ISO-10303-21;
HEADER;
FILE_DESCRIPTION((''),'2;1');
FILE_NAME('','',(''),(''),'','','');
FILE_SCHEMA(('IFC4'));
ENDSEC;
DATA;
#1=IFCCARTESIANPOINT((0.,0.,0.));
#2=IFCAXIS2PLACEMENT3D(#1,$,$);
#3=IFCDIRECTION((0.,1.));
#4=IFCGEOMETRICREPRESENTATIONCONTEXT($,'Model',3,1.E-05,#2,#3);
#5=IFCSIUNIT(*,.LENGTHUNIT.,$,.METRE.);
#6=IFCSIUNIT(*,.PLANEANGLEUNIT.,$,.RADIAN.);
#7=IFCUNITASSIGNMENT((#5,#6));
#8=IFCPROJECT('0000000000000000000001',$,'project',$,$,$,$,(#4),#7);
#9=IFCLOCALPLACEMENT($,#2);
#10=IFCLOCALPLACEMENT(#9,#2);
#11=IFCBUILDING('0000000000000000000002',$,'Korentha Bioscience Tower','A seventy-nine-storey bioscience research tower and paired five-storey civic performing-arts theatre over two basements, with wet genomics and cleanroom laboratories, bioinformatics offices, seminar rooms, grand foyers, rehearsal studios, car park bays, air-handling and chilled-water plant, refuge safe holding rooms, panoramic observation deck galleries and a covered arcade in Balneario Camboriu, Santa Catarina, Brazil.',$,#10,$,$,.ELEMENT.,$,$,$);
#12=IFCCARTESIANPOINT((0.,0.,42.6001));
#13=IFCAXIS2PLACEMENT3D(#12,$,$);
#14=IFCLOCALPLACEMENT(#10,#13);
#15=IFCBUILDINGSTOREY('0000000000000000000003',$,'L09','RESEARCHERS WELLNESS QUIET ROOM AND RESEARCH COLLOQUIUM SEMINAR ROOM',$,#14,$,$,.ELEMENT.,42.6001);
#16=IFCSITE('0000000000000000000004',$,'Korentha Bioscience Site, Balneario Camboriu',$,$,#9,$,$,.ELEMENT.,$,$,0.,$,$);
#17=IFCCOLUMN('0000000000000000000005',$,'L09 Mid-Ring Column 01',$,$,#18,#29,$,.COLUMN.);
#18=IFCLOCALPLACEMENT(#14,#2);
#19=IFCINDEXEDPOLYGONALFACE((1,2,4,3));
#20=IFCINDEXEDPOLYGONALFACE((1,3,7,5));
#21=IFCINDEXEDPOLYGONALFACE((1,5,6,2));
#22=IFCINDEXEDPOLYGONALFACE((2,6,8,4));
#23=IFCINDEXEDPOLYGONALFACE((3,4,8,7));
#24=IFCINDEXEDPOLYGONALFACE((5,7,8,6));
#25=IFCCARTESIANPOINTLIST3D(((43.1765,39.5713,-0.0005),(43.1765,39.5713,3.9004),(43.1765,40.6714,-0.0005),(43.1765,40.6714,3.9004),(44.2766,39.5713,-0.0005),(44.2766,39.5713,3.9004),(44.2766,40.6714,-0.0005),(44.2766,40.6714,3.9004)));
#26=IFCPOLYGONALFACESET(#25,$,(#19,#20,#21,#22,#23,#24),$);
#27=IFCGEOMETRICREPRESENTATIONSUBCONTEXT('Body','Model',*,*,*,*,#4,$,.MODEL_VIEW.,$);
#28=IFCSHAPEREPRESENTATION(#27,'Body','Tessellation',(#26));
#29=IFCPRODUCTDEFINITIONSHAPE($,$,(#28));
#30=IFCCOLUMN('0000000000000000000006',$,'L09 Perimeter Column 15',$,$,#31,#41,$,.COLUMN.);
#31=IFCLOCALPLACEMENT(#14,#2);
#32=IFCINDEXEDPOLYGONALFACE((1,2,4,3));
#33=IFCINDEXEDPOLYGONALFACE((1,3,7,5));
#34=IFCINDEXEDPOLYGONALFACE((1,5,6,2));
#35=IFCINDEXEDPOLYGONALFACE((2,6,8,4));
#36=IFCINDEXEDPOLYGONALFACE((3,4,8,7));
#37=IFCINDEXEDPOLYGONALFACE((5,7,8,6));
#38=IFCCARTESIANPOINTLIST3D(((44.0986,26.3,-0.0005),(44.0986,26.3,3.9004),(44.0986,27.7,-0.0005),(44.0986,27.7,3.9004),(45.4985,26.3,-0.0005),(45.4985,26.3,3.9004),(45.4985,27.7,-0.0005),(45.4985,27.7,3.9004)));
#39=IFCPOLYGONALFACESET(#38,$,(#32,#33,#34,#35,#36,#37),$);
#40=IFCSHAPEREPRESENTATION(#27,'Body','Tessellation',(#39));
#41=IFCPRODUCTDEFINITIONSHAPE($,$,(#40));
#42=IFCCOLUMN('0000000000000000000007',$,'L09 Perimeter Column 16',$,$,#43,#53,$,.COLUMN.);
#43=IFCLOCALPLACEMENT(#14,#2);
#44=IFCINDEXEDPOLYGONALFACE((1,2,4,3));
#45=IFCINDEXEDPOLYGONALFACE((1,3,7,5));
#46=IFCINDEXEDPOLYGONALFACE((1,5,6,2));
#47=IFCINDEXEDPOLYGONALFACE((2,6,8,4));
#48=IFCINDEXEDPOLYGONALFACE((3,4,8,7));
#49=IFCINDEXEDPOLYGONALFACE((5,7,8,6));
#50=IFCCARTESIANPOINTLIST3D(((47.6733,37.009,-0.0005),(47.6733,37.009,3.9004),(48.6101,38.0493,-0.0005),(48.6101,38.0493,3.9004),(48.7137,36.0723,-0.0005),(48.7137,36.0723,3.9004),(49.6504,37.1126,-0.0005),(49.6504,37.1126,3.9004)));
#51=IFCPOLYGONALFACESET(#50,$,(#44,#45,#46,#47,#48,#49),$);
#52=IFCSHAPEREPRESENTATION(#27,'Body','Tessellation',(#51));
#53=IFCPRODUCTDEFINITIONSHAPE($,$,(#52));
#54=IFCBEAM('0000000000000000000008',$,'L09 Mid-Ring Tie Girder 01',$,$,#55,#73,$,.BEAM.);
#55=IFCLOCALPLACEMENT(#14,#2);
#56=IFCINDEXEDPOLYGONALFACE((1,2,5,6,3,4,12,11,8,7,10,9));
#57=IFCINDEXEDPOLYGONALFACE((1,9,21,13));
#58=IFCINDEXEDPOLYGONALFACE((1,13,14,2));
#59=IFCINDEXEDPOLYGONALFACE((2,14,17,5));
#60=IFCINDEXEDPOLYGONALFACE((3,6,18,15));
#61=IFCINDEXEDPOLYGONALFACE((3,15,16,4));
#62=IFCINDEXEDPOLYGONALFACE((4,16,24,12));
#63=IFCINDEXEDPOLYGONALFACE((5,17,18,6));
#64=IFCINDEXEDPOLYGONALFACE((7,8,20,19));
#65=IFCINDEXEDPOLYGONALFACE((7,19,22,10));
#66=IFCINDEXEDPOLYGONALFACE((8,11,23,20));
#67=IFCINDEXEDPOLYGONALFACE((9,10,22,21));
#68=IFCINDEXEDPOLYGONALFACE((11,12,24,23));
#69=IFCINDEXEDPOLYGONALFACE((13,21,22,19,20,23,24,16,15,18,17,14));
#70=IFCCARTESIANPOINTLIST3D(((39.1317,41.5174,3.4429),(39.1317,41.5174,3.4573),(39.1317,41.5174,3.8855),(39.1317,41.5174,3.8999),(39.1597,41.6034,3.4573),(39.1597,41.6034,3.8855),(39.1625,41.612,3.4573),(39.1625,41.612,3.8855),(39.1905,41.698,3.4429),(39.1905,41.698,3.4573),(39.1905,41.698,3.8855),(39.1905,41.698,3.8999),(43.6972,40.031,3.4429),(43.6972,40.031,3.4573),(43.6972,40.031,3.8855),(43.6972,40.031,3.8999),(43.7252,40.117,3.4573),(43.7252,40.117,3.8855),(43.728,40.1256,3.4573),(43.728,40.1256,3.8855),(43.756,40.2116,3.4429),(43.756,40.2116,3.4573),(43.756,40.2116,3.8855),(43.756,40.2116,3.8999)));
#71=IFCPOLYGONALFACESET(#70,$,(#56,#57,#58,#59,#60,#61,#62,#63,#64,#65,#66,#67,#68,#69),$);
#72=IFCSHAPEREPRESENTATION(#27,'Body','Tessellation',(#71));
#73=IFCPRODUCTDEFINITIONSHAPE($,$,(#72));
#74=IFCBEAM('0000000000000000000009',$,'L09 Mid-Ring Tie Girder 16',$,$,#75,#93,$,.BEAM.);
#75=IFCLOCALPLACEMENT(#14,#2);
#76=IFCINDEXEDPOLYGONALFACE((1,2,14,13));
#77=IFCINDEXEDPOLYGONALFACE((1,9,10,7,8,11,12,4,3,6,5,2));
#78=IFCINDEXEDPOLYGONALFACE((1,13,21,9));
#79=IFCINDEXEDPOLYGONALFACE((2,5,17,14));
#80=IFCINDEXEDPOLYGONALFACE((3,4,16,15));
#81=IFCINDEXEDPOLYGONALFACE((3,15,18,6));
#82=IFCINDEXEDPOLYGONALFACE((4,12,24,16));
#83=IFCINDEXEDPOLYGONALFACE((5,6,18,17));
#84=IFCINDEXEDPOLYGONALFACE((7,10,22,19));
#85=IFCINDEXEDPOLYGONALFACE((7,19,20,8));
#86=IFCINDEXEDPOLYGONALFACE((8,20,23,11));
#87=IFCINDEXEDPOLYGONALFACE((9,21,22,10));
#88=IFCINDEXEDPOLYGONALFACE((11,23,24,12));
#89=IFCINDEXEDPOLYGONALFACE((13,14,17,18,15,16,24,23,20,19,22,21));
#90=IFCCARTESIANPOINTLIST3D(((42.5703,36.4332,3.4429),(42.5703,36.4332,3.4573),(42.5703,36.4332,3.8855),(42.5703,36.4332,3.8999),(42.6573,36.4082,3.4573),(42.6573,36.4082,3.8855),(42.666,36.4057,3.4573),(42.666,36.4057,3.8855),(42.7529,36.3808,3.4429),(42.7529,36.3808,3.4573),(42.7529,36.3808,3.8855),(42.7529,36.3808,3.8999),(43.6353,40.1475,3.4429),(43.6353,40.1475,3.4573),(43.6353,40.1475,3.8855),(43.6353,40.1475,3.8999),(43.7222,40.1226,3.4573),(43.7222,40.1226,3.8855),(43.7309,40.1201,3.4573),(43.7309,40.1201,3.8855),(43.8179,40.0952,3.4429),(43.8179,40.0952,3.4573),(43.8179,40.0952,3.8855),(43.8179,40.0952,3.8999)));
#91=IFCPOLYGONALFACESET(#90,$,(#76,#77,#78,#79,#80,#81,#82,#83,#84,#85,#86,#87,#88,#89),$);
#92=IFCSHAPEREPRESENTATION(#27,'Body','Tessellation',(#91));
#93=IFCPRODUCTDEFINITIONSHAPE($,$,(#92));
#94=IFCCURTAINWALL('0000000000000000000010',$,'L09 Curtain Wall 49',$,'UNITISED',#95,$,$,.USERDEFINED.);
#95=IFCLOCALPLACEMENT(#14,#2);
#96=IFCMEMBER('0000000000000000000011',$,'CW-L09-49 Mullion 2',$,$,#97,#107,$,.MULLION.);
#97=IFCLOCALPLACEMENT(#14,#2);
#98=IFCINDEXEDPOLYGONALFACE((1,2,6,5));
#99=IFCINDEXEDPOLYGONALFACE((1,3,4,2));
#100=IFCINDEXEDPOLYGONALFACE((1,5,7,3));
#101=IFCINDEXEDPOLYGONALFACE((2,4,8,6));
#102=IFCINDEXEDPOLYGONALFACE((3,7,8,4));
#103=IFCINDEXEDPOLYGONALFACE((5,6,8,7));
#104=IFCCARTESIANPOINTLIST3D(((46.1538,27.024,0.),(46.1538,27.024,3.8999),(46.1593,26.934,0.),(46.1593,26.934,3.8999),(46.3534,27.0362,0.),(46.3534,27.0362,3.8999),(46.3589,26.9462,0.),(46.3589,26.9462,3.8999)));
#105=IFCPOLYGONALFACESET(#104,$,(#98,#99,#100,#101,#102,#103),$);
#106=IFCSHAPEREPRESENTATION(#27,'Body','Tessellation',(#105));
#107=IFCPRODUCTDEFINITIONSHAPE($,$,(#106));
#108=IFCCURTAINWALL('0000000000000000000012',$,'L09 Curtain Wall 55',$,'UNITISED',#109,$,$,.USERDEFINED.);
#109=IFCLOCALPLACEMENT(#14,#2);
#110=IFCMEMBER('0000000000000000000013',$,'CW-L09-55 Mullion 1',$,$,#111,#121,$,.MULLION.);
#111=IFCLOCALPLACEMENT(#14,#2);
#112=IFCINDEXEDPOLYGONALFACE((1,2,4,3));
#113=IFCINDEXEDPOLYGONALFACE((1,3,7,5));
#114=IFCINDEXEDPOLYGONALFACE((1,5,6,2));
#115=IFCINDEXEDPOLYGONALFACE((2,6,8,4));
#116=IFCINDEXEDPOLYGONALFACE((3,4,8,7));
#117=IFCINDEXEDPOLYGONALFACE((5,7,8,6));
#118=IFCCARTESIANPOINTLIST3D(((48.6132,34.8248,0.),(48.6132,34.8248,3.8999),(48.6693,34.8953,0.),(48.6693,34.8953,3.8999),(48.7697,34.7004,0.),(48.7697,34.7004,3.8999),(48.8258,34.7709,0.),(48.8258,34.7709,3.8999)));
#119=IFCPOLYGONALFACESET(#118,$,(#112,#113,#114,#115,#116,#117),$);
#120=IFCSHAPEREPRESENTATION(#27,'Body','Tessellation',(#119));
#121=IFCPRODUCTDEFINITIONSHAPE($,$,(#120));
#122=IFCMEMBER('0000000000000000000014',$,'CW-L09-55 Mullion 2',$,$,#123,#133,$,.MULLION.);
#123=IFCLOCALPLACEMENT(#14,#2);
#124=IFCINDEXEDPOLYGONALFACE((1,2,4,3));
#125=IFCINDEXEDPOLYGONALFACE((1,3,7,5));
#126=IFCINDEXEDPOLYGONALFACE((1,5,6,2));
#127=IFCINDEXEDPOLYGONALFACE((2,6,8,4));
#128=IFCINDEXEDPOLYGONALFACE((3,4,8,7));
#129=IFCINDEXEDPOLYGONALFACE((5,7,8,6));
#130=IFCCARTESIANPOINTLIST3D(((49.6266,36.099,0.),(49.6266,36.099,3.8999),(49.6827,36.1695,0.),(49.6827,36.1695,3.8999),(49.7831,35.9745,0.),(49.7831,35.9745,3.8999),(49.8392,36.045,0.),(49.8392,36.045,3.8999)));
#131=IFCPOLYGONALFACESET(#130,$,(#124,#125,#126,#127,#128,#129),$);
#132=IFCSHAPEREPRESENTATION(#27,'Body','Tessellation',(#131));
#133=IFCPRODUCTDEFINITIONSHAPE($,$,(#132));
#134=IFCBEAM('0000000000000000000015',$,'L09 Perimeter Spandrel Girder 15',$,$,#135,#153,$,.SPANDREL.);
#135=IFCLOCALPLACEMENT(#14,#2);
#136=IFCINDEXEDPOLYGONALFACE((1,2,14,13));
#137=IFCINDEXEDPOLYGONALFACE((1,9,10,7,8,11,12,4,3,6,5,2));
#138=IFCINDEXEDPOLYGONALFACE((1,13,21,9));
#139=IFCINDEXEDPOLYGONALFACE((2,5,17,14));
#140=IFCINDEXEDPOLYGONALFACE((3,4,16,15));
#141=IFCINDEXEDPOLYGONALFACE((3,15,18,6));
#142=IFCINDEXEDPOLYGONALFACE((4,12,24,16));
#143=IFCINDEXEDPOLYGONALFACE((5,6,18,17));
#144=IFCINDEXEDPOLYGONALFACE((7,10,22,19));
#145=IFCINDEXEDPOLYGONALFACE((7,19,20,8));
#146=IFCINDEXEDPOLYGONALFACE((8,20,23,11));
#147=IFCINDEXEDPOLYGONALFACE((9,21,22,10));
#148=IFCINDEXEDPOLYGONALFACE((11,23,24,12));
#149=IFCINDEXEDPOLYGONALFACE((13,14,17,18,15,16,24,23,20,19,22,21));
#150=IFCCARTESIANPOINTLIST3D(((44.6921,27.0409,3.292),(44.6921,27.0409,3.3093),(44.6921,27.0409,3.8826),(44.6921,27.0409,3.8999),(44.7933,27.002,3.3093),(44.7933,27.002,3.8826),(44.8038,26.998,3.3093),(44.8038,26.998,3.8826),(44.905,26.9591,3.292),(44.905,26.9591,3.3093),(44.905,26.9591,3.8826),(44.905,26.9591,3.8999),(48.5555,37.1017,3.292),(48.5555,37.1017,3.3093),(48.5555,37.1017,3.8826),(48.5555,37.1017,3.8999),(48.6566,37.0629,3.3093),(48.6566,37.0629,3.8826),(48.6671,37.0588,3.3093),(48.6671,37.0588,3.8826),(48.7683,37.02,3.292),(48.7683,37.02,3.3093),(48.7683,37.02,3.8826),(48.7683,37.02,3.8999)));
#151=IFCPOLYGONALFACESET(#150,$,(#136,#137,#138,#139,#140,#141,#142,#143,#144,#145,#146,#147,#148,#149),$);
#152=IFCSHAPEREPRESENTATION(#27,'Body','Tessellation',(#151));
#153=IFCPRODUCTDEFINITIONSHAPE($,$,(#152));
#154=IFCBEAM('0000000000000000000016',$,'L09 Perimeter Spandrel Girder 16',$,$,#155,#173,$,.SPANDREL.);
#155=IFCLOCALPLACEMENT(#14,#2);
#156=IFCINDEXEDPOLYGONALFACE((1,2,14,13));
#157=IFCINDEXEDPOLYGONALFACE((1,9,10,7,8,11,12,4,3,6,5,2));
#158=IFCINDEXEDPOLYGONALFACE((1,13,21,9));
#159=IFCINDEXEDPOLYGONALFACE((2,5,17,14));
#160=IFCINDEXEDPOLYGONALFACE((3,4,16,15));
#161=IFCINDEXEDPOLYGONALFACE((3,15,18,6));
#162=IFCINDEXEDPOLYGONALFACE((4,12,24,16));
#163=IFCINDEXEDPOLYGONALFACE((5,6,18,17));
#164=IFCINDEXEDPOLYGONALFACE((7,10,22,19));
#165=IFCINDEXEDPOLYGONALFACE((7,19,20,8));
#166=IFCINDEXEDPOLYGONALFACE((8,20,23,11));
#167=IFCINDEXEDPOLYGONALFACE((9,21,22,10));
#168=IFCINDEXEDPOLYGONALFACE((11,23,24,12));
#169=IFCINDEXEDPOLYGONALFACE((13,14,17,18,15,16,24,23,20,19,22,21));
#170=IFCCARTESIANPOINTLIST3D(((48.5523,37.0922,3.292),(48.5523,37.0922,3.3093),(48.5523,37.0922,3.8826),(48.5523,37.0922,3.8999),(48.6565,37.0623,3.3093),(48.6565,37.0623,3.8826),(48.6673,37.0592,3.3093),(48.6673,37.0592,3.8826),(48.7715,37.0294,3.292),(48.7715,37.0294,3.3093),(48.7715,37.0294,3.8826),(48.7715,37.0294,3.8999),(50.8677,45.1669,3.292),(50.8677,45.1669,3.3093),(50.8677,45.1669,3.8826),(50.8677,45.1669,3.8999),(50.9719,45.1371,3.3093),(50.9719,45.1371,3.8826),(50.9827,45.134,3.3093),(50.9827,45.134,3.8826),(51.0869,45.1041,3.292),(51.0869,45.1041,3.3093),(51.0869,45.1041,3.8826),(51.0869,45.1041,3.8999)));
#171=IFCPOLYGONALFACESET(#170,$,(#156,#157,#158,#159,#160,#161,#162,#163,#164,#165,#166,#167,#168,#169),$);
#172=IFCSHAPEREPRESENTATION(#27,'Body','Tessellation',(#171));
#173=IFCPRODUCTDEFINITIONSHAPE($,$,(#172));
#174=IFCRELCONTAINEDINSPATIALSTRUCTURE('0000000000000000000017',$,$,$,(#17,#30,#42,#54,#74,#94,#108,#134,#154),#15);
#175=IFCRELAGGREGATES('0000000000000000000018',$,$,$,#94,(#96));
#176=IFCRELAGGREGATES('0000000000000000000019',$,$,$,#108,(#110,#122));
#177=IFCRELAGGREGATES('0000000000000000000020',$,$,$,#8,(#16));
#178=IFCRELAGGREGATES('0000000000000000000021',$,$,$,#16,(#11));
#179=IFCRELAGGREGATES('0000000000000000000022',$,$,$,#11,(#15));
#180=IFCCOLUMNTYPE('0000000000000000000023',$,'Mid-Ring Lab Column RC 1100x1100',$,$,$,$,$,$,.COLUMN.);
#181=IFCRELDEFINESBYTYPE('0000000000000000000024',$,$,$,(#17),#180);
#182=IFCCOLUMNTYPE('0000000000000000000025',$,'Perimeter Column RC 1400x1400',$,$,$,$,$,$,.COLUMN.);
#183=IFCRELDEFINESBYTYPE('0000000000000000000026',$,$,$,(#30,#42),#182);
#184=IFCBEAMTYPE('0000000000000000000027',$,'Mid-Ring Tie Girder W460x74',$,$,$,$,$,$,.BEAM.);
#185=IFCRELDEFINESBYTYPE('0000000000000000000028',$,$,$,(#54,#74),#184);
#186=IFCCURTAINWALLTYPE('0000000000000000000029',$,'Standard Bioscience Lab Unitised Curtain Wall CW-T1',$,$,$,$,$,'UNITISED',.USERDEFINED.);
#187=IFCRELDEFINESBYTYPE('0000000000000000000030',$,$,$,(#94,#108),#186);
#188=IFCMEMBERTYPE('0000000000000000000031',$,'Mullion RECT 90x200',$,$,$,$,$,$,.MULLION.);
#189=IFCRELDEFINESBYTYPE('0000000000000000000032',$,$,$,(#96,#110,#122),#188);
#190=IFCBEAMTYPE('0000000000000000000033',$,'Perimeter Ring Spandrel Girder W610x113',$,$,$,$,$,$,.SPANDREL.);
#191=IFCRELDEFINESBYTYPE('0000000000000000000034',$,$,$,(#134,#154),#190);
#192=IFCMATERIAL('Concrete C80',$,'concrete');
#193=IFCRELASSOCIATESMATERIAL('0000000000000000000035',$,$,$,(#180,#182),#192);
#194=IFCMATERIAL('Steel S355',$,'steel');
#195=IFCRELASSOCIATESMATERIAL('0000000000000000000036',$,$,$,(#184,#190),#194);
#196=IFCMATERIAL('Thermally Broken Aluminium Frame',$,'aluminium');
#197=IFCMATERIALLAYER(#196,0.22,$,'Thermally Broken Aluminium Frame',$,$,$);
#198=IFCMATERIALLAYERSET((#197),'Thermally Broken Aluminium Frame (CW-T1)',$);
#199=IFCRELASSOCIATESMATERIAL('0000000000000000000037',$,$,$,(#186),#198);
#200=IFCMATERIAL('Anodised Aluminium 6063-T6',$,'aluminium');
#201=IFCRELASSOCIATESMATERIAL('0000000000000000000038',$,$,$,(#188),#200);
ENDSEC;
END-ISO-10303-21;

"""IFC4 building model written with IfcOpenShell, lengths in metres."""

from ifc_helpers import new_model, si_unit, direction, frame, origin, origin_2d, place, context, subcontext, project, spatial, rectangle, i_section, extrude, material, layer, layer_set, material_profile, profile_set, type_object, element, aggregate, save


model = new_model("IFC4")

# Units and contexts
model_context = context("Model", 3, precision=1e-05, world=origin(), true_north=direction((0.0, 1.0)))
body_context = subcontext(model_context, "Body", "Model", "MODEL_VIEW")
ifc_project = project(units=[si_unit("LENGTHUNIT", "METRE"), si_unit("PLANEANGLEUNIT", "RADIAN")], contexts=[model_context])

# Site, building, storey
site_placement = place(None, origin())
site = spatial("IfcSite", under=ifc_project, at=site_placement, Name="Korentha Bioscience Site, Balneario Camboriu", CompositionType="ELEMENT", RefElevation=0.0)
building_placement = place(site_placement, origin())
building = spatial("IfcBuilding", under=site, at=building_placement, Name="Korentha Bioscience Tower", Description="A seventy-nine-storey bioscience research tower and paired five-storey civic performing-arts theatre over two basements, with wet genomics and cleanroom laboratories, bioinformatics offices, seminar rooms, grand foyers, rehearsal studios, car park bays, air-handling and chilled-water plant, refuge safe holding rooms, panoramic observation deck galleries and a covered arcade in Balneario Camboriu, Santa Catarina, Brazil.", CompositionType="ELEMENT")
storey_placement = place(building_placement, frame((0.0, 0.0, 42.6001)))
storey = spatial("IfcBuildingStorey", under=building, at=storey_placement, Name="L09", Description="RESEARCHERS WELLNESS QUIET ROOM AND RESEARCH COLLOQUIUM SEMINAR ROOM", CompositionType="ELEMENT", Elevation=42.6001)

# Columns
ifc_material_1 = material(Name="Concrete C80", Category="concrete")
ifc_material_profile_1 = material_profile(ifc_material_1, rectangle(XDim=1.1001, YDim=1.1001, at=origin_2d()), Name="Concrete C80")
ifc_profile_set_1 = profile_set([ifc_material_profile_1], Name="Concrete C80 (COL-MR11)")
column_type_1 = type_object("IfcColumnType", Name="Mid-Ring Lab Column RC 1100x1100", PredefinedType="COLUMN", material=ifc_profile_set_1)
column_placement = place(storey_placement, frame((43.7266, 40.1213, -0.0005), z_axis=(0.0, 0.0, 1.0), x_axis=(1.0, 0.0, 0.0)))
element("IfcColumn", 1, at=column_placement, inside=storey, type_object=column_type_1, Name="L09 Mid-Ring Column 01", PredefinedType="COLUMN", context=body_context, shape_type="SweptSolid", body=[
    extrude(rectangle(XDim=1.1001, YDim=1.1001, at=origin_2d()), origin(), (0.0, 0.0, 1.0), 3.9009),
])
ifc_material_profile_2 = material_profile(ifc_material_1, rectangle(XDim=1.3999, YDim=1.3999, at=origin_2d()), Name="Concrete C80")
ifc_profile_set_2 = profile_set([ifc_material_profile_2], Name="Concrete C80 (COL-P14)")
column_type_2 = type_object("IfcColumnType", Name="Perimeter Column RC 1400x1400", PredefinedType="COLUMN", material=ifc_profile_set_2)
for number, where, z_axis, x_axis, name in (
    (2, (44.7986, 27.0, -0.0005), (0.0, 0.0, 1.0), (0.0, 1.0, 0.0), "L09 Perimeter Column 15"),
    (3, (48.6619, 37.0608, -0.0005), (0.0, 0.0, 1.0), (0.669131, 0.743145, 0.0), "L09 Perimeter Column 16"),
):
    element("IfcColumn", number, at=place(storey_placement, frame(where, z_axis=z_axis, x_axis=x_axis)), inside=storey, type_object=column_type_2, Name=name, PredefinedType="COLUMN", context=body_context, shape_type="SweptSolid", body=[
        extrude(rectangle(XDim=1.3999, YDim=1.3999, at=origin_2d()), origin(), (0.0, 0.0, 1.0), 3.9009),
    ])

# Beams
ifc_material_2 = material(Name="Steel S355", Category="steel")
ifc_material_profile_3 = material_profile(ifc_material_2, i_section(OverallWidth=0.1899, OverallDepth=0.457, WebThickness=0.009, FlangeThickness=0.0144, at=origin_2d()), Name="Steel S355")
ifc_profile_set_3 = profile_set([ifc_material_profile_3], Name="Steel S355 (MB-460)")
beam_type_1 = type_object("IfcBeamType", Name="Mid-Ring Tie Girder W460x74", PredefinedType="BEAM", material=ifc_profile_set_3)
beam_1_placement = place(storey_placement, frame((43.7266, 40.1213, 3.6714), z_axis=(-0.950877, 0.309569, 0.0), x_axis=(-0.309569, -0.950877, 0.0)))
element("IfcBeam", 4, at=beam_1_placement, inside=storey, type_object=beam_type_1, Name="L09 Mid-Ring Tie Girder 01", PredefinedType="BEAM", context=body_context, shape_type="SweptSolid", body=[
    extrude(i_section(OverallWidth=0.1899, OverallDepth=0.457, WebThickness=0.009, FlangeThickness=0.0144, at=origin_2d()), origin(), (0.0, 0.0, 1.0), 4.8013),
])
beam_2_placement = place(storey_placement, frame((42.6616, 36.407, 3.6714), z_axis=(0.275606, 0.961271, 0.0), x_axis=(-0.961271, 0.275606, 0.0)))
element("IfcBeam", 5, at=beam_2_placement, inside=storey, type_object=beam_type_1, Name="L09 Mid-Ring Tie Girder 16", PredefinedType="BEAM", context=body_context, shape_type="SweptSolid", body=[
    extrude(i_section(OverallWidth=0.1899, OverallDepth=0.457, WebThickness=0.009, FlangeThickness=0.0144, at=origin_2d()), origin(), (0.0, 0.0, 1.0), 3.864),
])

# Curtain wall, member
ifc_material_3 = material(Name="Thermally Broken Aluminium Frame", Category="aluminium")
ifc_layer_1 = layer(ifc_material_3, 0.22, Name="Thermally Broken Aluminium Frame")
ifc_layer_set_1 = layer_set([ifc_layer_1], Name="Thermally Broken Aluminium Frame (CW-T1)")
curtain_wall_type = type_object("IfcCurtainWallType", Name="Standard Bioscience Lab Unitised Curtain Wall CW-T1", ElementType="UNITISED", PredefinedType="USERDEFINED", material=ifc_layer_set_1)
curtain_wall_1_placement = place(storey_placement, origin())
curtain_wall_1 = element("IfcCurtainWall", 6, at=curtain_wall_1_placement, inside=storey, type_object=curtain_wall_type, Name="L09 Curtain Wall 49", ObjectType="UNITISED", PredefinedType="USERDEFINED")
ifc_material_4 = material(Name="Anodised Aluminium 6063-T6", Category="aluminium")
ifc_material_profile_4 = material_profile(ifc_material_4, rectangle(XDim=0.0901, YDim=0.2, at=origin_2d()), Name="Anodised Aluminium 6063-T6")
ifc_profile_set_4 = profile_set([ifc_material_profile_4], Name="Anodised Aluminium 6063-T6 (CW-MUL)")
member_type_1 = type_object("IfcMemberType", Name="Mullion RECT 90x200", PredefinedType="MULLION", material=ifc_profile_set_4)
member_1_placement = place(storey_placement, frame((46.2563, 26.9851, 0.0), z_axis=(0.0, 0.0, 1.0), x_axis=(-0.061008, 0.998137, 0.0)))
member_1 = element("IfcMember", 7, at=member_1_placement, type_object=member_type_1, Name="CW-L09-49 Mullion 2", PredefinedType="MULLION", context=body_context, shape_type="SweptSolid", body=[
    extrude(rectangle(XDim=0.0901, YDim=0.2, at=origin_2d()), origin(), (0.0, 0.0, 1.0), 3.8999),
])
aggregate(curtain_wall_1, [member_1])

# Curtain wall, members
curtain_wall_2_placement = place(storey_placement, origin())
curtain_wall_2 = element("IfcCurtainWall", 8, at=curtain_wall_2_placement, inside=storey, type_object=curtain_wall_type, Name="L09 Curtain Wall 55", ObjectType="UNITISED", PredefinedType="USERDEFINED")
member_2_placement = place(storey_placement, frame((48.7195, 34.7979, 0.0), z_axis=(0.0, 0.0, 1.0), x_axis=(0.62252, 0.782604, 0.0)))
member_2 = element("IfcMember", 9, at=member_2_placement, type_object=member_type_1, Name="CW-L09-55 Mullion 1", PredefinedType="MULLION", context=body_context, shape_type="SweptSolid", body=[
    extrude(rectangle(XDim=0.0901, YDim=0.2, at=origin_2d()), origin(), (0.0, 0.0, 1.0), 3.8999),
])
member_3_placement = place(storey_placement, frame((49.7329, 36.072, 0.0), z_axis=(0.0, 0.0, 1.0), x_axis=(0.62252, 0.782604, 0.0)))
member_3 = element("IfcMember", 10, at=member_3_placement, type_object=member_type_1, Name="CW-L09-55 Mullion 2", PredefinedType="MULLION", context=body_context, shape_type="SweptSolid", body=[
    extrude(rectangle(XDim=0.0901, YDim=0.2, at=origin_2d()), origin(), (0.0, 0.0, 1.0), 3.8999),
])

# Beams
ifc_material_profile_5 = material_profile(ifc_material_2, i_section(OverallWidth=0.228, OverallDepth=0.6079, WebThickness=0.0112, FlangeThickness=0.0173, at=origin_2d()), Name="Steel S355")
ifc_profile_set_5 = profile_set([ifc_material_profile_5], Name="Steel S355 (SB-610)")
beam_type_2 = type_object("IfcBeamType", Name="Perimeter Ring Spandrel Girder W610x113", PredefinedType="SPANDREL", material=ifc_profile_set_5)
beam_3_placement = place(storey_placement, frame((44.7986, 27.0, 3.5959), z_axis=(0.358474, 0.93354, 0.0), x_axis=(-0.93354, 0.358474, 0.0)))
element("IfcBeam", 11, at=beam_3_placement, inside=storey, type_object=beam_type_2, Name="L09 Perimeter Spandrel Girder 15", PredefinedType="SPANDREL", context=body_context, shape_type="SweptSolid", body=[
    extrude(i_section(OverallWidth=0.228, OverallDepth=0.6079, WebThickness=0.0112, FlangeThickness=0.0173, at=origin_2d()), origin(), (0.0, 0.0, 1.0), 10.7771),
])
beam_4_placement = place(storey_placement, frame((48.6619, 37.0608, 3.5959), z_axis=(0.275642, 0.96126, 0.0), x_axis=(-0.96126, 0.275642, 0.0)))
element("IfcBeam", 12, at=beam_4_placement, inside=storey, type_object=beam_type_2, Name="L09 Perimeter Spandrel Girder 16", PredefinedType="SPANDREL", context=body_context, shape_type="SweptSolid", body=[
    extrude(i_section(OverallWidth=0.228, OverallDepth=0.6079, WebThickness=0.0112, FlangeThickness=0.0173, at=origin_2d()), origin(), (0.0, 0.0, 1.0), 8.4001),
])

aggregate(curtain_wall_2, [member_2, member_3])

save(model, "model.ifc")
